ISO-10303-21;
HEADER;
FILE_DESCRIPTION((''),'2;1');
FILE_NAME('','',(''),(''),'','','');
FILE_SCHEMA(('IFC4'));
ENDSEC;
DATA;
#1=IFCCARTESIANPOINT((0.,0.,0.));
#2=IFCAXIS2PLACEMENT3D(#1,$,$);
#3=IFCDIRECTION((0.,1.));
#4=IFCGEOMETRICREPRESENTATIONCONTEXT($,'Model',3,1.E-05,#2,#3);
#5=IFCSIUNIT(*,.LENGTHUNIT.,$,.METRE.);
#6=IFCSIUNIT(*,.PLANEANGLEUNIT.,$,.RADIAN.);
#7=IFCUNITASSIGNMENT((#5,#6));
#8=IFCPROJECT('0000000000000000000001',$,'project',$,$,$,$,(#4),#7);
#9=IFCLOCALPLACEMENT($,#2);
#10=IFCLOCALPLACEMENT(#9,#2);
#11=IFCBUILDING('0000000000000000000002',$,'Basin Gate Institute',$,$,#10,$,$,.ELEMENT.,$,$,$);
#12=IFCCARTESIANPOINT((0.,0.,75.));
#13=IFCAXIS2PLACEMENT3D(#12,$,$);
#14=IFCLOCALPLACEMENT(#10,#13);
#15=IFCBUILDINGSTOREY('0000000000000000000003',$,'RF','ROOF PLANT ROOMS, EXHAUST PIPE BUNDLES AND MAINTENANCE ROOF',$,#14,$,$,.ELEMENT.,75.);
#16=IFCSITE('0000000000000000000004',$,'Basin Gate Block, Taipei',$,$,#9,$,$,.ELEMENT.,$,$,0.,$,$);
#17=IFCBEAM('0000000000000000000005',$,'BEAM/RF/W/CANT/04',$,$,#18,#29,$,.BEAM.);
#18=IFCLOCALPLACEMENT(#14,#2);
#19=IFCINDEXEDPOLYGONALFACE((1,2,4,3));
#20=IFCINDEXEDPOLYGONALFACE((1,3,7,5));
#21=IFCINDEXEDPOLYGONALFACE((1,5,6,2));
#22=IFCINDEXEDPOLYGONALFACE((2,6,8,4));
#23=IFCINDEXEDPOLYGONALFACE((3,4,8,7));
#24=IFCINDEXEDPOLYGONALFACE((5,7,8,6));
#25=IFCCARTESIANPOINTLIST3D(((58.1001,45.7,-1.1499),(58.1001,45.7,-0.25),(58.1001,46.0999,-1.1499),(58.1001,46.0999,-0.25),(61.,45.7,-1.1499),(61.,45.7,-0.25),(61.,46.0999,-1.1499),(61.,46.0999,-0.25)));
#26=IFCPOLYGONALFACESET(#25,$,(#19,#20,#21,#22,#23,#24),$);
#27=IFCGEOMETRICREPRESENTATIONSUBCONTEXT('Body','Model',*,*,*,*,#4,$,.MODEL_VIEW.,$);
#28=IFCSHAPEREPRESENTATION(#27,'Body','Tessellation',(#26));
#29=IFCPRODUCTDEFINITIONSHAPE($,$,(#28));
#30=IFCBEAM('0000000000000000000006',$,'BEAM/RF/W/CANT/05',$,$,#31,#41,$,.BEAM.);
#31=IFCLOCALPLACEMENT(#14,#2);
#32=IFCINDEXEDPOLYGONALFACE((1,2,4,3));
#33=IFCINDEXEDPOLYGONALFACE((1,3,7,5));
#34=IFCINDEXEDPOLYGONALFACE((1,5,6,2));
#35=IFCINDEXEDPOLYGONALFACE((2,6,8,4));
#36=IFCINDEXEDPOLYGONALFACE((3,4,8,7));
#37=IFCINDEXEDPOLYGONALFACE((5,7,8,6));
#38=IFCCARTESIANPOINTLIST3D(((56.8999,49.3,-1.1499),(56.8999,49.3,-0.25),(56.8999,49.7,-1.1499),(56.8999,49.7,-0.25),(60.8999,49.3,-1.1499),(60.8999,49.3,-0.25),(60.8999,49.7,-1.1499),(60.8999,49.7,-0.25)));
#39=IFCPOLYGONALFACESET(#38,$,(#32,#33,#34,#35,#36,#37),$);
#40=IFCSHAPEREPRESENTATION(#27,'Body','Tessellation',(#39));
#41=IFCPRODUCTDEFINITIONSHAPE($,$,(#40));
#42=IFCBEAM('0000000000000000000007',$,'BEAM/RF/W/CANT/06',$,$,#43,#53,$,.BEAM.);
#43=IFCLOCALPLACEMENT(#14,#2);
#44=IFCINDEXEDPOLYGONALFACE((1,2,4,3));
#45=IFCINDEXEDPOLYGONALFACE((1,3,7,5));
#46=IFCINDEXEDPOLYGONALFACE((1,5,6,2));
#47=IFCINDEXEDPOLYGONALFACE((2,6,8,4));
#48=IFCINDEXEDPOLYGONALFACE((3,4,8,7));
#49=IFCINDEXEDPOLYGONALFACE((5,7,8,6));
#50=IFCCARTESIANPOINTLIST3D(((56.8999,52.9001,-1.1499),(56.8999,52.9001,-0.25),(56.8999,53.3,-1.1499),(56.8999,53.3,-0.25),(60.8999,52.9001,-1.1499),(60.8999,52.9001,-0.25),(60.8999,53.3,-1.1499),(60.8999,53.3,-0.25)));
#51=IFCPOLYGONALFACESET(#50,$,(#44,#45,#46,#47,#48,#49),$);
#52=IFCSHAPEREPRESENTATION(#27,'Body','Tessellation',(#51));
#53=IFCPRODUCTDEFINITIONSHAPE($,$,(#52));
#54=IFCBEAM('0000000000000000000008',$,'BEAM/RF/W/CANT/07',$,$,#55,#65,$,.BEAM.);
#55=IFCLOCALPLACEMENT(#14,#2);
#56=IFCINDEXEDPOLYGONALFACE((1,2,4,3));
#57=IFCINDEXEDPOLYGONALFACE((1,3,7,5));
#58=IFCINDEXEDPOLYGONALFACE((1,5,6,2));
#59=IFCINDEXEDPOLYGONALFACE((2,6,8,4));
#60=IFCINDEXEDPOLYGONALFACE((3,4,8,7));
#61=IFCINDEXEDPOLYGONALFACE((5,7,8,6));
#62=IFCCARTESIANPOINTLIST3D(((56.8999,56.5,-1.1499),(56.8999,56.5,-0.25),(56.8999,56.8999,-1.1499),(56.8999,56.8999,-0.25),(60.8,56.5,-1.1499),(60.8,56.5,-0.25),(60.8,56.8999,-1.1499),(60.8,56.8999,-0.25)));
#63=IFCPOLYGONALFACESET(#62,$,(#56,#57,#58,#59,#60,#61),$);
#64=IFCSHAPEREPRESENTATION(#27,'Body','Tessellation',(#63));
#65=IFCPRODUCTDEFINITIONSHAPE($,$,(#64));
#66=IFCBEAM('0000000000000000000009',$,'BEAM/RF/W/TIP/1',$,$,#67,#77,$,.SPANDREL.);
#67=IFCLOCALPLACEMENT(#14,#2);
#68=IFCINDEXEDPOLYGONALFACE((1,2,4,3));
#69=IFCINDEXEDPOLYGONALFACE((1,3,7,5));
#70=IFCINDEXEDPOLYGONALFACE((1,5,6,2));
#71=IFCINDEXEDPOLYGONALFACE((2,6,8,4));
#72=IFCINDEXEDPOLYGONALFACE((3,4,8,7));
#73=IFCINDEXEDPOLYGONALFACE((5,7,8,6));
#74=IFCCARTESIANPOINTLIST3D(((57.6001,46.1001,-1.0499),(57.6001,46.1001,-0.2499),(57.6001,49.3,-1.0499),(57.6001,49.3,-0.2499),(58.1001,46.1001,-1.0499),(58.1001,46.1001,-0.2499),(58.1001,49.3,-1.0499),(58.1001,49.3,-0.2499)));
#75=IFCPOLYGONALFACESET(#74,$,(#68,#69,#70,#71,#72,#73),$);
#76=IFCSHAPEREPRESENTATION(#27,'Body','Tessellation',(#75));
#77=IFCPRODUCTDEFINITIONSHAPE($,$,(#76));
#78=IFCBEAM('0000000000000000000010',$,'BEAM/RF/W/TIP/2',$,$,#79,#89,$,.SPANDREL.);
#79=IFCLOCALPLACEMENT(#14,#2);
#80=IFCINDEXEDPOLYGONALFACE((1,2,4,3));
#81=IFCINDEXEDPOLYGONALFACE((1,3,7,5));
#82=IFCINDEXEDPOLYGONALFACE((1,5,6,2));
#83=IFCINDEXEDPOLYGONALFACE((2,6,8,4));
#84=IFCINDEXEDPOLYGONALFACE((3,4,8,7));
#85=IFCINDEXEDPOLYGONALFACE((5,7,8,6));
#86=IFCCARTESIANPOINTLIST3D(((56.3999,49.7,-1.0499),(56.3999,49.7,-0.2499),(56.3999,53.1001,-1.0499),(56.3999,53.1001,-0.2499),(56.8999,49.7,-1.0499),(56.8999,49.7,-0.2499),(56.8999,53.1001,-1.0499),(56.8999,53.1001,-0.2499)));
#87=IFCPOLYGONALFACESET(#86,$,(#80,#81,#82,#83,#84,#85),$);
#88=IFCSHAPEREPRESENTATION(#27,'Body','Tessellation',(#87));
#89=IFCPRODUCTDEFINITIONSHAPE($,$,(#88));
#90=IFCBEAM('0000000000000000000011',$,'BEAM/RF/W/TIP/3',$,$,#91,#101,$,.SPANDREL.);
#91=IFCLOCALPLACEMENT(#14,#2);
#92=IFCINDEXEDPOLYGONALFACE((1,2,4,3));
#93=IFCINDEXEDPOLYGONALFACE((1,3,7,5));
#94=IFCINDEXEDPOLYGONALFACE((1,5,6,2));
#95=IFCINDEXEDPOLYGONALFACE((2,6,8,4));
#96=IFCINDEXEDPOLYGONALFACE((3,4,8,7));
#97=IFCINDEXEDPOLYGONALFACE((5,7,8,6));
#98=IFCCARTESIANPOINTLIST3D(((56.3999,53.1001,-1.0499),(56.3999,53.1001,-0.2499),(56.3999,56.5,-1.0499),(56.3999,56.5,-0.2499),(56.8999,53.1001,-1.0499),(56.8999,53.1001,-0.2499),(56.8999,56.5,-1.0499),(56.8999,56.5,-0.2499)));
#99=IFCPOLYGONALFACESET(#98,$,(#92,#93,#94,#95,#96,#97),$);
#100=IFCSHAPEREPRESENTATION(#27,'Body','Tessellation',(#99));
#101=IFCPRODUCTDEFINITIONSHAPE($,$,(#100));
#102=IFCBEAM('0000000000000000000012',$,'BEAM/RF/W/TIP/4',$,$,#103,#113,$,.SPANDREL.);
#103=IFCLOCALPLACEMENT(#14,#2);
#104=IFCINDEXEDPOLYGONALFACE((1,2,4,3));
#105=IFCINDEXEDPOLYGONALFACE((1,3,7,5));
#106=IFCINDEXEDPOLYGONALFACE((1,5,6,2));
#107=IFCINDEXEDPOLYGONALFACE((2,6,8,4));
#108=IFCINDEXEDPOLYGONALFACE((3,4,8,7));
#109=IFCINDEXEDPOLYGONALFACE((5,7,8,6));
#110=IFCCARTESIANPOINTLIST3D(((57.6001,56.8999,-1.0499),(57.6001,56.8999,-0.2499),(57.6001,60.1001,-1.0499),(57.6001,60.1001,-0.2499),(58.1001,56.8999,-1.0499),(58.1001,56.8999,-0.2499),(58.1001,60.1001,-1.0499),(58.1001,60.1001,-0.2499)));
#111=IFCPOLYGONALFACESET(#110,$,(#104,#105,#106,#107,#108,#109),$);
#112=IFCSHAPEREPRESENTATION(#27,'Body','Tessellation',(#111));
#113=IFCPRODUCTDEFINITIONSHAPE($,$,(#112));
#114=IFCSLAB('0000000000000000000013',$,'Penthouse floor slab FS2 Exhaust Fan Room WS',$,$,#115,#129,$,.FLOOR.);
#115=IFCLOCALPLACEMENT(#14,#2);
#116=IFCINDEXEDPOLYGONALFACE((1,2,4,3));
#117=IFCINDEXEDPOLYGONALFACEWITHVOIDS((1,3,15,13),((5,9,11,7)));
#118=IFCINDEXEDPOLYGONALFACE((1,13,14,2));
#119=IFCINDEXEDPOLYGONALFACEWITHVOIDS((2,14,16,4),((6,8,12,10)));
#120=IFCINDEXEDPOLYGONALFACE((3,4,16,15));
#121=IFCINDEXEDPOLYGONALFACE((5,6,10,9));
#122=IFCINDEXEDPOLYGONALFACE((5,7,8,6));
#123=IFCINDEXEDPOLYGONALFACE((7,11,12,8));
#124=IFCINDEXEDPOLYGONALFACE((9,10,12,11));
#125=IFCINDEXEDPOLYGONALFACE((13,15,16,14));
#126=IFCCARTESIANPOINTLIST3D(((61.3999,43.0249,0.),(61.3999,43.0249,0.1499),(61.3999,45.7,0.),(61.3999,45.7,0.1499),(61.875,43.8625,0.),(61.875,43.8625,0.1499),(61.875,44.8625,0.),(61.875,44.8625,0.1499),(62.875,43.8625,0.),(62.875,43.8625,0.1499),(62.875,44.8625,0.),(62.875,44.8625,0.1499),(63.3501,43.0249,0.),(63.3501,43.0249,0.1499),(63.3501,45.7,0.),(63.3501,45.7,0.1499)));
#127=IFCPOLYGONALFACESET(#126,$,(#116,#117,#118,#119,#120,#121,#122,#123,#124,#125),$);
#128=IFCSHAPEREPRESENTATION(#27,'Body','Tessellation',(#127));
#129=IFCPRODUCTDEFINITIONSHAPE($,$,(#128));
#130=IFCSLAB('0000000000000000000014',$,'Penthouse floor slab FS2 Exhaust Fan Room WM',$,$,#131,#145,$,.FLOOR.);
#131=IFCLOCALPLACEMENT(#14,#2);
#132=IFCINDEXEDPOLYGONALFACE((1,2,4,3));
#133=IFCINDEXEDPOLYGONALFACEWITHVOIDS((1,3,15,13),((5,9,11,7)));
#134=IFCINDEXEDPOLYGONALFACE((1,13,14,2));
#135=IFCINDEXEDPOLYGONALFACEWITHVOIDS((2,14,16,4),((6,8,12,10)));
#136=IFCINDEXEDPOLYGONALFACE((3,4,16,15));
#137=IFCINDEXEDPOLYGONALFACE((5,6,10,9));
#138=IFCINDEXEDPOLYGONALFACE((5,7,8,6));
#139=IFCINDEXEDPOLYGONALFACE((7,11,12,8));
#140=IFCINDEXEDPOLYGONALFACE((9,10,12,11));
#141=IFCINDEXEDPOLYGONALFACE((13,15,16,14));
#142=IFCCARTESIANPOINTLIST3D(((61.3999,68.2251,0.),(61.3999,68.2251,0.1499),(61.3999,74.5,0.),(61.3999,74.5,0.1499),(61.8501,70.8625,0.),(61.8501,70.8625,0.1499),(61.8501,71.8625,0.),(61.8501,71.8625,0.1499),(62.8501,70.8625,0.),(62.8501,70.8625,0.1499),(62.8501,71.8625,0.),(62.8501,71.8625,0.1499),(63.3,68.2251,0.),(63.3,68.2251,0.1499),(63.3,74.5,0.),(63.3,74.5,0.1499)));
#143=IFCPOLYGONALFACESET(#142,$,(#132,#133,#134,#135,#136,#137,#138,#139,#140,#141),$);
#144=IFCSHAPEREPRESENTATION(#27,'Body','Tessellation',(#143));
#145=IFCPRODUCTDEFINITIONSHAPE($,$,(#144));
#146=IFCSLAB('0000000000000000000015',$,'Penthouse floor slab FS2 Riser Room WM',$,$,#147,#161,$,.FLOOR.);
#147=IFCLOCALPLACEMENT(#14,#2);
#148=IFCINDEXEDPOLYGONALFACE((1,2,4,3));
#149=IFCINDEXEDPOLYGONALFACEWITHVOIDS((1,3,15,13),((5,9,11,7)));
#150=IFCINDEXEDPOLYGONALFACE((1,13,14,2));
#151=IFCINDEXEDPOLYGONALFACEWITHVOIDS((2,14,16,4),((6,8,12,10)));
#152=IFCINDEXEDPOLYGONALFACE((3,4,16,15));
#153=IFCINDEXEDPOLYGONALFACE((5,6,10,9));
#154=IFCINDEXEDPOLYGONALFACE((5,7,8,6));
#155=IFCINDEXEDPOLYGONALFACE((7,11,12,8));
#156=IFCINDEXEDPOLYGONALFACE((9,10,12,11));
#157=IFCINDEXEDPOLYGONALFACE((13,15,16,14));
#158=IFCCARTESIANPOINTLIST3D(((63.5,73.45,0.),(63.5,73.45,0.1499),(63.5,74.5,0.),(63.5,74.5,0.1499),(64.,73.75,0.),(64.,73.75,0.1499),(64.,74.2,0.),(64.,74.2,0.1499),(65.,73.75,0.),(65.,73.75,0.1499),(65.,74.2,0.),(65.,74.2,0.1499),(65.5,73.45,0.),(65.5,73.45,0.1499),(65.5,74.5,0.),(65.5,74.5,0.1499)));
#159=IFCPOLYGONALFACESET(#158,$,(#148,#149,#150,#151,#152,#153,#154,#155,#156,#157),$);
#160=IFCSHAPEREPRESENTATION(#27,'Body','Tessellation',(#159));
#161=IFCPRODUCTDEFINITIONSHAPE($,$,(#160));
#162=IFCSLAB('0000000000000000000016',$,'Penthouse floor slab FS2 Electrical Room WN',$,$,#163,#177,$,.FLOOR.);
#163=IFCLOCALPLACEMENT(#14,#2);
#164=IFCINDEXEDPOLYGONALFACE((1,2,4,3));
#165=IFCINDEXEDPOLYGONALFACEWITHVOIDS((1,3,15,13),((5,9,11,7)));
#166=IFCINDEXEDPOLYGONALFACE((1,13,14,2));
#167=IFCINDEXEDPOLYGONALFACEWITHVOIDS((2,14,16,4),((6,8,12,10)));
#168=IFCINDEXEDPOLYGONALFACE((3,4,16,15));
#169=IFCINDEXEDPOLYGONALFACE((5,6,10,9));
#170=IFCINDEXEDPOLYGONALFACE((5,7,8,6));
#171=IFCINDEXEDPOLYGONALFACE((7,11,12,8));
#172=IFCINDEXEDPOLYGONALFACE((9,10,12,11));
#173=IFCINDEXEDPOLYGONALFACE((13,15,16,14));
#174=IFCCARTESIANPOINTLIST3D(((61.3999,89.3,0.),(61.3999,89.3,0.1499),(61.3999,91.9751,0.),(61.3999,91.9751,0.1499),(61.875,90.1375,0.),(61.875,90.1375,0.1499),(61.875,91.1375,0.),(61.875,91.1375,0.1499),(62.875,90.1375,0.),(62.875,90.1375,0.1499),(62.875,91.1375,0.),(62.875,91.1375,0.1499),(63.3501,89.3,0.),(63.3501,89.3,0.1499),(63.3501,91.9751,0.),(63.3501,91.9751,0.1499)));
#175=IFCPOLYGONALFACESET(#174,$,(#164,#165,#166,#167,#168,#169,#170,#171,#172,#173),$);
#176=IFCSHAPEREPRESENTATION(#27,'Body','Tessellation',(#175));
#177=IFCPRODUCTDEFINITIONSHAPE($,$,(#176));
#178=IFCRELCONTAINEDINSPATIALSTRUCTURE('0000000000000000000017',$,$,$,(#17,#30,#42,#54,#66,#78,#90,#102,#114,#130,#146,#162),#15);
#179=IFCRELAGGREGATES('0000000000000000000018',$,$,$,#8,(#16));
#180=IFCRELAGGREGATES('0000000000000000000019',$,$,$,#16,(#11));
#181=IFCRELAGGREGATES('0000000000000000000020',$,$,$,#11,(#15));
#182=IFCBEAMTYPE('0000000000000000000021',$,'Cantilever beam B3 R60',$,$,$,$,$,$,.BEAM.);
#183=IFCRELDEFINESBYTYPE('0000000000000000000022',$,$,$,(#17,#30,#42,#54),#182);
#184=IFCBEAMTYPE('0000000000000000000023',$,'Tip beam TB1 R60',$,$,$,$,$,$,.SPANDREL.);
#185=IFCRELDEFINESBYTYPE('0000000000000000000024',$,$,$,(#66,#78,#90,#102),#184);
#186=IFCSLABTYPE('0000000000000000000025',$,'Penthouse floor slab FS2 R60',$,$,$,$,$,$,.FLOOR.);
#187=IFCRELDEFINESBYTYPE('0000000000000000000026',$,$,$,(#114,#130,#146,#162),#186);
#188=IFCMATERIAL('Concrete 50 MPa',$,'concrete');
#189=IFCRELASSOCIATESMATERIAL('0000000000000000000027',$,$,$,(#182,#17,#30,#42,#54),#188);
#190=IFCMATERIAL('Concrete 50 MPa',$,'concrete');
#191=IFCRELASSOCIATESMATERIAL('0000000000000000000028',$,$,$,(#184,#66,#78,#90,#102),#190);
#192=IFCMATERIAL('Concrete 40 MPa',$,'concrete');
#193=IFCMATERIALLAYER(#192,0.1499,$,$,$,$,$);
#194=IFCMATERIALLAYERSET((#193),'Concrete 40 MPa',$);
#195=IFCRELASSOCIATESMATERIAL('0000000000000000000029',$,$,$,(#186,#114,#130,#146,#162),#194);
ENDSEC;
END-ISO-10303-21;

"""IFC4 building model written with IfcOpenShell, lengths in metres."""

from ifc_helpers import new_model, si_unit, direction, frame, origin, origin_2d, place, context, subcontext, project, spatial, polyline, rectangle, outline, extrude, material, layer, layer_set, material_profile, profile_set, type_object, element, save


model = new_model("IFC4")

# Units and contexts
model_context = context("Model", 3, precision=1e-05, world=origin(), true_north=direction((0.0, 1.0)))
body_context = subcontext(model_context, "Body", "Model", "MODEL_VIEW")
ifc_project = project(units=[si_unit("LENGTHUNIT", "METRE"), si_unit("PLANEANGLEUNIT", "RADIAN")], contexts=[model_context])

# Site, building, storey
site_placement = place(None, origin())
site = spatial("IfcSite", under=ifc_project, at=site_placement, Name="Basin Gate Block, Taipei", CompositionType="ELEMENT", RefElevation=0.0)
building_placement = place(site_placement, origin())
building = spatial("IfcBuilding", under=site, at=building_placement, Name="Basin Gate Institute", CompositionType="ELEMENT")
storey_placement = place(building_placement, frame((0.0, 0.0, 75.0)))
storey = spatial("IfcBuildingStorey", under=building, at=storey_placement, Name="RF", Description="ROOF PLANT ROOMS, EXHAUST PIPE BUNDLES AND MAINTENANCE ROOF", CompositionType="ELEMENT", Elevation=75.0)

# Beams
ifc_material_1 = material(Name="Concrete 50 MPa", Category="concrete")
ifc_material_profile_1 = material_profile(ifc_material_1, rectangle(XDim=0.3999, YDim=0.8999, at=origin_2d()), Name="Cantilever beam B3 400 x 900")
ifc_profile_set_1 = profile_set([ifc_material_profile_1], Name="Concrete 50 MPa")
beam_type_1 = type_object("IfcBeamType", Name="Cantilever beam B3 R60", PredefinedType="BEAM", material=ifc_profile_set_1)
beam_1_placement = place(storey_placement, frame((58.1001, 45.8999, -0.7), z_axis=(1.0, 0.0, 0.0), x_axis=(0.0, 1.0, 0.0)))
element("IfcBeam", 1, at=beam_1_placement, inside=storey, type_object=beam_type_1, material=ifc_profile_set_1, Name="BEAM/RF/W/CANT/04", PredefinedType="BEAM", context=body_context, shape_type="SweptSolid", body=[
    extrude(rectangle(XDim=0.3999, YDim=0.8999, at=origin_2d()), origin(), (0.0, 0.0, 1.0), 2.8999),
])
for number, where, z_axis, x_axis, name in (
    (2, (56.8999, 49.5, -0.7), (1.0, 0.0, 0.0), (0.0, 1.0, 0.0), "BEAM/RF/W/CANT/05"),
    (3, (56.8999, 53.1001, -0.7), (1.0, 0.0, 0.0), (0.0, 1.0, 0.0), "BEAM/RF/W/CANT/06"),
):
    element("IfcBeam", number, at=place(storey_placement, frame(where, z_axis=z_axis, x_axis=x_axis)), inside=storey, type_object=beam_type_1, material=ifc_profile_set_1, Name=name, PredefinedType="BEAM", context=body_context, shape_type="SweptSolid", body=[
        extrude(rectangle(XDim=0.3999, YDim=0.8999, at=origin_2d()), origin(), (0.0, 0.0, 1.0), 4.0),
    ])
beam_2_placement = place(storey_placement, frame((56.8999, 56.7, -0.7), z_axis=(1.0, 0.0, 0.0), x_axis=(0.0, 1.0, 0.0)))
element("IfcBeam", 4, at=beam_2_placement, inside=storey, type_object=beam_type_1, material=ifc_profile_set_1, Name="BEAM/RF/W/CANT/07", PredefinedType="BEAM", context=body_context, shape_type="SweptSolid", body=[
    extrude(rectangle(XDim=0.3999, YDim=0.8999, at=origin_2d()), origin(), (0.0, 0.0, 1.0), 3.9001),
])
ifc_material_2 = material(Name="Concrete 50 MPa", Category="concrete")
ifc_material_profile_2 = material_profile(ifc_material_2, rectangle(XDim=0.5, YDim=0.8, at=origin_2d()), Name="Tip beam TB1 500 x 800")
ifc_profile_set_2 = profile_set([ifc_material_profile_2], Name="Concrete 50 MPa")
beam_type_2 = type_object("IfcBeamType", Name="Tip beam TB1 R60", PredefinedType="SPANDREL", material=ifc_profile_set_2)
beam_3_placement = place(storey_placement, frame((57.8501, 46.1001, -0.6499), z_axis=(0.0, 1.0, 0.0), x_axis=(-1.0, 0.0, 0.0)))
element("IfcBeam", 5, at=beam_3_placement, inside=storey, type_object=beam_type_2, material=ifc_profile_set_2, Name="BEAM/RF/W/TIP/1", PredefinedType="SPANDREL", context=body_context, shape_type="SweptSolid", body=[
    extrude(rectangle(XDim=0.5, YDim=0.8, at=origin_2d()), origin(), (0.0, 0.0, 1.0), 3.2),
])
beam_4_placement = place(storey_placement, frame((56.6499, 49.7, -0.6499), z_axis=(0.0, 1.0, 0.0), x_axis=(-1.0, 0.0, 0.0)))
element("IfcBeam", 6, at=beam_4_placement, inside=storey, type_object=beam_type_2, material=ifc_profile_set_2, Name="BEAM/RF/W/TIP/2", PredefinedType="SPANDREL", context=body_context, shape_type="SweptSolid", body=[
    extrude(rectangle(XDim=0.5, YDim=0.8, at=origin_2d()), origin(), (0.0, 0.0, 1.0), 3.4001),
])
beam_5_placement = place(storey_placement, frame((56.6499, 53.1001, -0.6499), z_axis=(0.0, 1.0, 0.0), x_axis=(-1.0, 0.0, 0.0)))
element("IfcBeam", 7, at=beam_5_placement, inside=storey, type_object=beam_type_2, material=ifc_profile_set_2, Name="BEAM/RF/W/TIP/3", PredefinedType="SPANDREL", context=body_context, shape_type="SweptSolid", body=[
    extrude(rectangle(XDim=0.5, YDim=0.8, at=origin_2d()), origin(), (0.0, 0.0, 1.0), 3.3999),
])
beam_6_placement = place(storey_placement, frame((57.8501, 56.8999, -0.6499), z_axis=(0.0, 1.0, 0.0), x_axis=(-1.0, 0.0, 0.0)))
element("IfcBeam", 8, at=beam_6_placement, inside=storey, type_object=beam_type_2, material=ifc_profile_set_2, Name="BEAM/RF/W/TIP/4", PredefinedType="SPANDREL", context=body_context, shape_type="SweptSolid", body=[
    extrude(rectangle(XDim=0.5, YDim=0.8, at=origin_2d()), origin(), (0.0, 0.0, 1.0), 3.2002),
])

# Slabs
ifc_material_3 = material(Name="Concrete 40 MPa", Category="concrete")
ifc_layer_1 = layer(ifc_material_3, 0.1499)
ifc_layer_set_1 = layer_set([ifc_layer_1], Name="Concrete 40 MPa")
slab_type_1 = type_object("IfcSlabType", Name="Penthouse floor slab FS2 R60", PredefinedType="FLOOR", material=ifc_layer_set_1)
slab_1_placement = place(storey_placement, origin())
element("IfcSlab", 9, at=slab_1_placement, inside=storey, type_object=slab_type_1, material=ifc_layer_set_1, Name="Penthouse floor slab FS2 Exhaust Fan Room WS", PredefinedType="FLOOR", context=body_context, shape_type="SweptSolid", body=[
    extrude(outline(polyline([(61.3999, 43.0249), (63.3501, 43.0249), (63.3501, 45.7), (61.3999, 45.7), (61.3999, 43.0249)]), holes=[polyline([(61.875, 43.8625), (62.875, 43.8625), (62.875, 44.8625), (61.875, 44.8625), (61.875, 43.8625)])]), origin(), (0.0, 0.0, 1.0), 0.1499),
])
slab_2_placement = place(storey_placement, origin())
element("IfcSlab", 10, at=slab_2_placement, inside=storey, type_object=slab_type_1, material=ifc_layer_set_1, Name="Penthouse floor slab FS2 Exhaust Fan Room WM", PredefinedType="FLOOR", context=body_context, shape_type="SweptSolid", body=[
    extrude(outline(polyline([(61.3999, 68.2251), (63.3, 68.2251), (63.3, 74.5), (61.3999, 74.5), (61.3999, 68.2251)]), holes=[polyline([(61.8501, 70.8625), (62.8501, 70.8625), (62.8501, 71.8625), (61.8501, 71.8625), (61.8501, 70.8625)])]), origin(), (0.0, 0.0, 1.0), 0.1499),
])
slab_3_placement = place(storey_placement, origin())
element("IfcSlab", 11, at=slab_3_placement, inside=storey, type_object=slab_type_1, material=ifc_layer_set_1, Name="Penthouse floor slab FS2 Riser Room WM", PredefinedType="FLOOR", context=body_context, shape_type="SweptSolid", body=[
    extrude(outline(polyline([(63.5, 73.45), (65.5, 73.45), (65.5, 74.5), (63.5, 74.5), (63.5, 73.45)]), holes=[polyline([(64.0, 73.75), (65.0, 73.75), (65.0, 74.2), (64.0, 74.2), (64.0, 73.75)])]), origin(), (0.0, 0.0, 1.0), 0.1499),
])
slab_4_placement = place(storey_placement, origin())
element("IfcSlab", 12, at=slab_4_placement, inside=storey, type_object=slab_type_1, material=ifc_layer_set_1, Name="Penthouse floor slab FS2 Electrical Room WN", PredefinedType="FLOOR", context=body_context, shape_type="SweptSolid", body=[
    extrude(outline(polyline([(61.3999, 89.3), (63.3501, 89.3), (63.3501, 91.9751), (61.3999, 91.9751), (61.3999, 89.3)]), holes=[polyline([(61.875, 90.1375), (62.875, 90.1375), (62.875, 91.1375), (61.875, 91.1375), (61.875, 90.1375)])]), origin(), (0.0, 0.0, 1.0), 0.1499),
])

save(model, "model.ifc")
